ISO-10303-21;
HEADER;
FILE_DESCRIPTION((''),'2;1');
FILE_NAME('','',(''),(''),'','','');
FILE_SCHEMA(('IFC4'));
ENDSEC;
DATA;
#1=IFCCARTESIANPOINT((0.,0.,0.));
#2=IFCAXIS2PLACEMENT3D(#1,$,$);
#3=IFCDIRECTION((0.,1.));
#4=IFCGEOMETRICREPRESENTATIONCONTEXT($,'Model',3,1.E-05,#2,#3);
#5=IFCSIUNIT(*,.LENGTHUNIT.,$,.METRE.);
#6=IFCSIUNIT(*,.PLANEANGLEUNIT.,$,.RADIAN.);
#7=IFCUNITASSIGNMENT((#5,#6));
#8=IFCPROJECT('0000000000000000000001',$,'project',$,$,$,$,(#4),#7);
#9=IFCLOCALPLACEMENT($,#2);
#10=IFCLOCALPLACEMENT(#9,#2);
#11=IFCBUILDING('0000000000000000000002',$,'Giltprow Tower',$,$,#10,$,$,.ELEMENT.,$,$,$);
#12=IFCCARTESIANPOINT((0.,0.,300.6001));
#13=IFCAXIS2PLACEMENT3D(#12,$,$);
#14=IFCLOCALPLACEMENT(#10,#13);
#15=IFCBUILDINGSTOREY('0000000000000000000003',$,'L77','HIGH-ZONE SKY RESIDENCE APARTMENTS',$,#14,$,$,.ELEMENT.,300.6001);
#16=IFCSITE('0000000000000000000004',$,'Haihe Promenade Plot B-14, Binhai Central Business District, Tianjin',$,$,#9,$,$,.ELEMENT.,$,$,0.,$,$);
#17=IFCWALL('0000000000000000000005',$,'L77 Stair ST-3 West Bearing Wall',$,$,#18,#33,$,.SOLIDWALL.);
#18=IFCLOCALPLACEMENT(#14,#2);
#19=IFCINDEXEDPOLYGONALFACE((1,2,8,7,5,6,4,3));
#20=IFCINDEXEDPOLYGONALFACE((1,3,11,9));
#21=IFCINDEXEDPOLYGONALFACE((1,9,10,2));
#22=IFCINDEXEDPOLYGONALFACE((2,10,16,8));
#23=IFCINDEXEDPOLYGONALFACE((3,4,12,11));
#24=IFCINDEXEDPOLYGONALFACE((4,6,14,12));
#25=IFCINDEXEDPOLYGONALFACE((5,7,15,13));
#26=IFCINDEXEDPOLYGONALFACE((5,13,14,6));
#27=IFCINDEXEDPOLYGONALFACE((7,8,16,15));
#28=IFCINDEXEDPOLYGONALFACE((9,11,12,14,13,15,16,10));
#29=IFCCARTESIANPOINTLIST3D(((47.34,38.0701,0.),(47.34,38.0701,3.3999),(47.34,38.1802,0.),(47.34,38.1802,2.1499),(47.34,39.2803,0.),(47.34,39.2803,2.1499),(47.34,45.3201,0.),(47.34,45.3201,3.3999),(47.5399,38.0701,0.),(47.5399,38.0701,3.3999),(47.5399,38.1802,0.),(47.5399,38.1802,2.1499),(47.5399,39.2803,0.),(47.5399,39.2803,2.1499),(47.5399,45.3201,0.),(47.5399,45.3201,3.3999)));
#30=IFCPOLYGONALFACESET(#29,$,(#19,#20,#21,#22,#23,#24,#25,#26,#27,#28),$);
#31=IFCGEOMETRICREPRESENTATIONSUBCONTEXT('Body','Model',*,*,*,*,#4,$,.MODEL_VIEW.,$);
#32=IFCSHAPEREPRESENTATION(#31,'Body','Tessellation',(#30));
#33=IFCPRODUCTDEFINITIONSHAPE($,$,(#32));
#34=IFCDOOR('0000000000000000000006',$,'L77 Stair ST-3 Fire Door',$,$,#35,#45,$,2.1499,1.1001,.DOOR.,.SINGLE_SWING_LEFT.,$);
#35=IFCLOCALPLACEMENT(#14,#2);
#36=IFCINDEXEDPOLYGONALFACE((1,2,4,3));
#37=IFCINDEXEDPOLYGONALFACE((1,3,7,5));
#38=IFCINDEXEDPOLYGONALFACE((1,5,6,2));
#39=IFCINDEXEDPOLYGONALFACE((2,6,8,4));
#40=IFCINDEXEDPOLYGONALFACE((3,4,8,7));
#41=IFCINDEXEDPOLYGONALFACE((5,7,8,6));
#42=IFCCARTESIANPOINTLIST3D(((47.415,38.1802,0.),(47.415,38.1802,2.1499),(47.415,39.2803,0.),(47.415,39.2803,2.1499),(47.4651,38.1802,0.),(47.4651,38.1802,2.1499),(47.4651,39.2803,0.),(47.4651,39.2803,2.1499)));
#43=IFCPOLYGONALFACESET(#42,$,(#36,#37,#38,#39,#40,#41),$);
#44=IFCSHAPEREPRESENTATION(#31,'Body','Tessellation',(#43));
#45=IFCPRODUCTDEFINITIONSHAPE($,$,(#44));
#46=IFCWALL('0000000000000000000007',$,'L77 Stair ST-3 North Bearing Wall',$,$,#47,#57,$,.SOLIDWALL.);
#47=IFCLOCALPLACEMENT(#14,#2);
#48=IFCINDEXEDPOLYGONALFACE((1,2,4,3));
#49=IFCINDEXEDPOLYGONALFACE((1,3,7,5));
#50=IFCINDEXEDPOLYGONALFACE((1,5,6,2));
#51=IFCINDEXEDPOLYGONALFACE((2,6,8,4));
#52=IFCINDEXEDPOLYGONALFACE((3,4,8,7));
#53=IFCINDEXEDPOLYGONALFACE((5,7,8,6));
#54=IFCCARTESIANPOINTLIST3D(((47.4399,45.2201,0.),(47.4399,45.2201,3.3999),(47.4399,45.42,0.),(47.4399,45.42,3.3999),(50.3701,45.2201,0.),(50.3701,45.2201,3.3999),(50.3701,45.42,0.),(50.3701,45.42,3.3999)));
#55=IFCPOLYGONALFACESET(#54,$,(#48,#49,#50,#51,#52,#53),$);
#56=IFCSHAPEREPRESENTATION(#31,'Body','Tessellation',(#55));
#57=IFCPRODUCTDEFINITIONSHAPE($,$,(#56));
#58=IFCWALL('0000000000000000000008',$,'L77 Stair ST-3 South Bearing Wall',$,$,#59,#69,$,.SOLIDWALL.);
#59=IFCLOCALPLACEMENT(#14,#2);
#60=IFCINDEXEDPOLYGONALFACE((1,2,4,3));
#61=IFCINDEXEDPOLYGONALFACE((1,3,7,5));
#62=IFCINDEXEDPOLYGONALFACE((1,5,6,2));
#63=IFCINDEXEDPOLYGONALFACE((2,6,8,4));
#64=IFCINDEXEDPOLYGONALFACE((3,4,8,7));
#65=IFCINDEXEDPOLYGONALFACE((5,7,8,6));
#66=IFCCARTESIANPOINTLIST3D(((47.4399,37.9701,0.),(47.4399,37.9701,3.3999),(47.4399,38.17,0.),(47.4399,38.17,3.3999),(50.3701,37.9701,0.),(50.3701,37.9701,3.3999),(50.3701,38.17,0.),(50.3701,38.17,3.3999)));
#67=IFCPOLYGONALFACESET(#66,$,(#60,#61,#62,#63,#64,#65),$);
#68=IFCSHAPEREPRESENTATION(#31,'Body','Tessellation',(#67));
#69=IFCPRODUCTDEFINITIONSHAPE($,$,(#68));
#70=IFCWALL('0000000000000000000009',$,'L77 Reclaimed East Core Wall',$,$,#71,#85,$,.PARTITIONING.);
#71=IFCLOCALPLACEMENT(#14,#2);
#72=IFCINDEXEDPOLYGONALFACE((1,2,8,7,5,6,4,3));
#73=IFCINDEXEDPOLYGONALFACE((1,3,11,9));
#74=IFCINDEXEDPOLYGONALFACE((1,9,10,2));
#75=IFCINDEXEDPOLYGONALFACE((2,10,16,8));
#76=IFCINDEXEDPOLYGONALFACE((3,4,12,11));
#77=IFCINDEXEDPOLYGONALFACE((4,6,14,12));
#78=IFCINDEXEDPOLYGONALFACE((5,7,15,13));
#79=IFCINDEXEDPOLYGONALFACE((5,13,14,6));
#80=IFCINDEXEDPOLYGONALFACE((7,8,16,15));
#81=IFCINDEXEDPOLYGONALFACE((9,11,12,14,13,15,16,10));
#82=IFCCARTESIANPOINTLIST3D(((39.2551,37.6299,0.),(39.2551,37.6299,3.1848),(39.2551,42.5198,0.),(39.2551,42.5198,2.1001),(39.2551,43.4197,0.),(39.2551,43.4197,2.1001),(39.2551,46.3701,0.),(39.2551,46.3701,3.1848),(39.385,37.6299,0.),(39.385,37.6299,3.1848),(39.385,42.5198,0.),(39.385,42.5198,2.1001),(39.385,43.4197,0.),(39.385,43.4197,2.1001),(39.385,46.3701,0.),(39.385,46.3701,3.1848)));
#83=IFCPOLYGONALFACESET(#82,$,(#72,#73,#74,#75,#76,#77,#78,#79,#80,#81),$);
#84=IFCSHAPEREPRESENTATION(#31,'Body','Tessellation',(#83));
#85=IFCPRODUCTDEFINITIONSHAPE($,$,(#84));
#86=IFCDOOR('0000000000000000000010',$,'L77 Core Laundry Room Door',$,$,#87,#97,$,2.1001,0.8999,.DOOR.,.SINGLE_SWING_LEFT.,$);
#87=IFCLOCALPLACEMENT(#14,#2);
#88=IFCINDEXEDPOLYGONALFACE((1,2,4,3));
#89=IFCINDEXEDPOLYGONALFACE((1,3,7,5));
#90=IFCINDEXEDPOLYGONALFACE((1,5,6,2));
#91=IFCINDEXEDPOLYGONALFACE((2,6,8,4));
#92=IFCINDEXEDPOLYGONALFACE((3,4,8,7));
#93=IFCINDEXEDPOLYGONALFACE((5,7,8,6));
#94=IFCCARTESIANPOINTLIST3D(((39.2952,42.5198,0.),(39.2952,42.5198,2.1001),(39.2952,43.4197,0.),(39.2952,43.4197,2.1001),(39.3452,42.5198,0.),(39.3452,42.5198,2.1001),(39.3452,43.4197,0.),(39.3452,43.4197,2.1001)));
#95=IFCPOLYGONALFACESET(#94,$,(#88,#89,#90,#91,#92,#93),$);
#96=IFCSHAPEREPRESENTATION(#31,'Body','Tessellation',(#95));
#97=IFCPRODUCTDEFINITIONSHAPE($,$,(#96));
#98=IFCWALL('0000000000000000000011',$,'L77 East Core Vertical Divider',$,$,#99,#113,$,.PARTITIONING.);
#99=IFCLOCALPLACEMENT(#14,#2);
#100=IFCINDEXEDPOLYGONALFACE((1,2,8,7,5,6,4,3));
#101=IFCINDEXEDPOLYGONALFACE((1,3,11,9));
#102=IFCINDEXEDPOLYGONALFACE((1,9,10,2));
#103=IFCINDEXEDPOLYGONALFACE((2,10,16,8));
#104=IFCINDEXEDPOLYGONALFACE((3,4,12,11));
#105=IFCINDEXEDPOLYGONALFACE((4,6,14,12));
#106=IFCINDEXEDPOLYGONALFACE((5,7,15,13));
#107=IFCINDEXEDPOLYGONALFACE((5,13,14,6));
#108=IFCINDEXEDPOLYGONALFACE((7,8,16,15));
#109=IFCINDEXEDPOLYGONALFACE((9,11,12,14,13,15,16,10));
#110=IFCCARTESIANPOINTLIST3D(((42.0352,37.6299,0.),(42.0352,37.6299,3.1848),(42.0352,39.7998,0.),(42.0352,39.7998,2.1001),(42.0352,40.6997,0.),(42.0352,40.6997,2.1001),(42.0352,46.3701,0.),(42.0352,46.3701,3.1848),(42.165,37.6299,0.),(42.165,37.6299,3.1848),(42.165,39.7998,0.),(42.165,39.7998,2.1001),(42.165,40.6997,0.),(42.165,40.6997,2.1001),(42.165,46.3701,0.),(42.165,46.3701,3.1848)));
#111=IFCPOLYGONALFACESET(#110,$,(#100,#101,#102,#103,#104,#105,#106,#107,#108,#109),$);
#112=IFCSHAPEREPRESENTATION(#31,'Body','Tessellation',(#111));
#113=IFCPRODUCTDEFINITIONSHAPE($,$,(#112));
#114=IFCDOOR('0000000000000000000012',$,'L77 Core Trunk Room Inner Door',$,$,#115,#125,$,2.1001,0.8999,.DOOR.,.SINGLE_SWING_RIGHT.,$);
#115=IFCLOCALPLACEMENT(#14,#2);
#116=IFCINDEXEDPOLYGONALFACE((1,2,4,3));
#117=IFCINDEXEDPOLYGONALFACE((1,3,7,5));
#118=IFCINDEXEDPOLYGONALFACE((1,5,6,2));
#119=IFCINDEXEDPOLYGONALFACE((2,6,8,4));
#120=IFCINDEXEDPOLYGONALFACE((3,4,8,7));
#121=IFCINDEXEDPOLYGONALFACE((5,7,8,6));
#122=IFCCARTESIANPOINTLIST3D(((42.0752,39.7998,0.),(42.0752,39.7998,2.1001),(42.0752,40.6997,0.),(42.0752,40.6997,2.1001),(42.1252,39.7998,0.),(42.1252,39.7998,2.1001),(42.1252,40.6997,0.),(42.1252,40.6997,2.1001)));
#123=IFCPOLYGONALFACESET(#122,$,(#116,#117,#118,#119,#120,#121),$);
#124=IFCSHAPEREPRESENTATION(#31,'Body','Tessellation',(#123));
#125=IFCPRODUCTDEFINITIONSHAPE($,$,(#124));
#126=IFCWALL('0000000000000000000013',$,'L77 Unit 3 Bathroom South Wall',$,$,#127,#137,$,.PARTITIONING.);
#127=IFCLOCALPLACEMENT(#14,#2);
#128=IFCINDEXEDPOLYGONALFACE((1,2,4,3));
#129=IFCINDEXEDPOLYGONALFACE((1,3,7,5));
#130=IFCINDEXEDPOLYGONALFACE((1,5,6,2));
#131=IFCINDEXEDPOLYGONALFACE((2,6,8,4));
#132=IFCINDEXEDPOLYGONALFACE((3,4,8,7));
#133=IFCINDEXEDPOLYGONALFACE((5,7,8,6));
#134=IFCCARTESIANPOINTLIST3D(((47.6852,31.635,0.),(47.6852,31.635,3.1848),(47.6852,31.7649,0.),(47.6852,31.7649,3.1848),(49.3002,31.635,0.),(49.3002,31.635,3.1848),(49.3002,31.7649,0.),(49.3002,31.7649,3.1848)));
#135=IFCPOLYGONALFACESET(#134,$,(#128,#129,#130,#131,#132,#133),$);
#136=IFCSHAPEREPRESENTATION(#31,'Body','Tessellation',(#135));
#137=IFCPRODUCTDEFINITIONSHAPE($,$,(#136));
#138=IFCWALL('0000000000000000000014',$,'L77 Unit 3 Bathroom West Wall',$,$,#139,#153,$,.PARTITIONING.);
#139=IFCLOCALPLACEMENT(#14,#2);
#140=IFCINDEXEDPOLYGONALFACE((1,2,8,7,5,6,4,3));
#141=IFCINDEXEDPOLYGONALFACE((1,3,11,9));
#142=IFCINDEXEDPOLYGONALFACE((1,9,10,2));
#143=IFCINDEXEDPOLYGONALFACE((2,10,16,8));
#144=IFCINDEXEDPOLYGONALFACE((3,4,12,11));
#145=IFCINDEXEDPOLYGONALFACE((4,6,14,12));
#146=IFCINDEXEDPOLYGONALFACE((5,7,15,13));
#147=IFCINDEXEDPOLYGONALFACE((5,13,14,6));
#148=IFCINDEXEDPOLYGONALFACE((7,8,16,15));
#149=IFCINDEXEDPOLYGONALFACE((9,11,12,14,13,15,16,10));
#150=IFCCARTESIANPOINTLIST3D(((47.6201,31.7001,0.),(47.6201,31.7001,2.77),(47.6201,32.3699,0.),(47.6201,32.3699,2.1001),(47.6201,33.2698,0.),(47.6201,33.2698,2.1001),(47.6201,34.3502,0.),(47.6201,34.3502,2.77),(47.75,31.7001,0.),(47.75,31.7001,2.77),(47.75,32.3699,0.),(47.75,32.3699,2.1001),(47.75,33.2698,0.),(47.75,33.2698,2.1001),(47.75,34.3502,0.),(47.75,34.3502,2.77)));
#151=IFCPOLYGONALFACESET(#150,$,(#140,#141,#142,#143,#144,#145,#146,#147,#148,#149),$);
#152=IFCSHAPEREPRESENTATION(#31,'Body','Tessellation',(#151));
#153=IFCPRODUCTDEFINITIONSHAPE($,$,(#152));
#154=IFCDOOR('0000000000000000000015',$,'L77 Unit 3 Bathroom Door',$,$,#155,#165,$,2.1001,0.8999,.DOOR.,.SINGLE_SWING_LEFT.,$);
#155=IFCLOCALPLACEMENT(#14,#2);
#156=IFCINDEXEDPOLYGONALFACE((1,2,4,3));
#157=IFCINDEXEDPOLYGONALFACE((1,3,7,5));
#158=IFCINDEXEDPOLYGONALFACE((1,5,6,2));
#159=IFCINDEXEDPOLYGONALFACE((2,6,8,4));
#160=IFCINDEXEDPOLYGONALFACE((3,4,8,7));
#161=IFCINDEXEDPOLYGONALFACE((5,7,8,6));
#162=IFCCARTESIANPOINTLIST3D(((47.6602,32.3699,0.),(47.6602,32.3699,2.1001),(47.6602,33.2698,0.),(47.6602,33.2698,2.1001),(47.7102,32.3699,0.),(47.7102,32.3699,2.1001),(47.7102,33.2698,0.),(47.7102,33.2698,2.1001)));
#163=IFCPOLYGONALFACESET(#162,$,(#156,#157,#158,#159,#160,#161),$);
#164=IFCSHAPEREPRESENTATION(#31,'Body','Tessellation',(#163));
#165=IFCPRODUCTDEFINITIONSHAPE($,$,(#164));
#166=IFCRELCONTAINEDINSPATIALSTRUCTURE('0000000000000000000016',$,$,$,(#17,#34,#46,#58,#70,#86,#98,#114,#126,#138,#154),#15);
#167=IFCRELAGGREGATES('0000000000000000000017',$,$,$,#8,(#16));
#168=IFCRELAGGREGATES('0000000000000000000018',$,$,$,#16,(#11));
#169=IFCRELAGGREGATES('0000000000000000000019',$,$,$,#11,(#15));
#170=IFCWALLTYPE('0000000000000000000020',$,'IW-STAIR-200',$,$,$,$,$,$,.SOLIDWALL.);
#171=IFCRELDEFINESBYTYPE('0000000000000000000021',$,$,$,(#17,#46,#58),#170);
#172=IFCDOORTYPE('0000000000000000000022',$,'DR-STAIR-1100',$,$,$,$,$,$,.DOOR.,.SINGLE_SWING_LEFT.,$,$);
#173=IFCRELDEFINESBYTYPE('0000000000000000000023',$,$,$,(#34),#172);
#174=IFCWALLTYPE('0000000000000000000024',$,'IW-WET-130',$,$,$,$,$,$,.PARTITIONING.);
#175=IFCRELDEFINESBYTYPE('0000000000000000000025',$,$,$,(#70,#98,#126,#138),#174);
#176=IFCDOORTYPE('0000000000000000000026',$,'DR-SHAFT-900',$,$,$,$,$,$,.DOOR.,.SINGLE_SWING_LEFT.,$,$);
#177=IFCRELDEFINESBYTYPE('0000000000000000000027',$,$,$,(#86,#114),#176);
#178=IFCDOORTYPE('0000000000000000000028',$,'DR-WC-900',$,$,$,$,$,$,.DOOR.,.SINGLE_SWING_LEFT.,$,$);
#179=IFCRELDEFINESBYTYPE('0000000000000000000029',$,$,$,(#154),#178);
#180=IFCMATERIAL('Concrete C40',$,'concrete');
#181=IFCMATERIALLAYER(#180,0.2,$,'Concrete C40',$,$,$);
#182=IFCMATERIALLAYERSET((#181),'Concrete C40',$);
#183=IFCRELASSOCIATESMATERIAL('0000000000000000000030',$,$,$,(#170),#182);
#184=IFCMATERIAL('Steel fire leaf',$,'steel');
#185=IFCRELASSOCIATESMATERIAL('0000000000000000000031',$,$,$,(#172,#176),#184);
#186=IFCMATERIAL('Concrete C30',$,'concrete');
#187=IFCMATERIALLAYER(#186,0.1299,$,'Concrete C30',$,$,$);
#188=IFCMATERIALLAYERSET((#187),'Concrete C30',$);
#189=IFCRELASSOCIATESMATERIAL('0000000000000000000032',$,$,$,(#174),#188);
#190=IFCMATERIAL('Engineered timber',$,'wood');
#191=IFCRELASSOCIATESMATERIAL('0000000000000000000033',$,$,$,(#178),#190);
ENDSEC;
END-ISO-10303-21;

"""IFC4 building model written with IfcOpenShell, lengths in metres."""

from ifc_helpers import new_model, si_unit, direction, frame, frame_2d, origin, place, context, subcontext, project, spatial, rectangle, extrude, source, transform, mapped, material, layer, layer_set, type_object, element, fill, save


model = new_model("IFC4")

# Units and contexts
model_context = context("Model", 3, precision=1e-05, world=origin(), true_north=direction((0.0, 1.0)))
body_context = subcontext(model_context, "Body", "Model", "MODEL_VIEW")
ifc_project = project(units=[si_unit("LENGTHUNIT", "METRE"), si_unit("PLANEANGLEUNIT", "RADIAN")], contexts=[model_context])

# Site, building, storey
site_placement = place(None, origin())
site = spatial("IfcSite", under=ifc_project, at=site_placement, Name="Haihe Promenade Plot B-14, Binhai Central Business District, Tianjin", CompositionType="ELEMENT", RefElevation=0.0)
building_placement = place(site_placement, origin())
building = spatial("IfcBuilding", under=site, at=building_placement, Name="Giltprow Tower", CompositionType="ELEMENT")
storey_placement = place(building_placement, frame((0.0, 0.0, 300.6001)))
storey = spatial("IfcBuildingStorey", under=building, at=storey_placement, Name="L77", Description="HIGH-ZONE SKY RESIDENCE APARTMENTS", CompositionType="ELEMENT", Elevation=300.6001)

# Shared definitions
ifc_material_1 = material(Name="Concrete C40", Category="concrete")

# Wall, opening, door
ifc_layer_1 = layer(ifc_material_1, 0.2, Name="Concrete C40")
ifc_layer_set_1 = layer_set([ifc_layer_1], Name="Concrete C40")
wall_type_1 = type_object("IfcWallType", Name="IW-STAIR-200", PredefinedType="SOLIDWALL", material=ifc_layer_set_1)
wall_1_placement = place(storey_placement, frame((47.4399, 38.0701, 0.0), z_axis=(0.0, 0.0, 1.0), x_axis=(0.0, 1.0, 0.0)))
wall_1 = element("IfcWall", 1, at=wall_1_placement, inside=storey, type_object=wall_type_1, Name="L77 Stair ST-3 West Bearing Wall", PredefinedType="SOLIDWALL", context=body_context, shape_type="SweptSolid", body=[
    extrude(rectangle(XDim=7.25, YDim=0.2, at=frame_2d((3.625, 0.0))), origin(), (0.0, 0.0, 1.0), 3.3999),
])
opening_1_placement = place(wall_1_placement, frame((0.1101, 0.0, 0.0)))
opening_1 = element("IfcOpeningElement", 2, at=opening_1_placement, cuts=wall_1, PredefinedType="OPENING", context=body_context, shape_type="SweptSolid", body=[
    extrude(rectangle(XDim=1.1001, YDim=2.1499, at=frame_2d((0.55, 1.075))), frame((0.0, 0.1099, 0.0), z_axis=(0.0, -1.0, 0.0), x_axis=(1.0, 0.0, 0.0)), (0.0, 0.0, 1.0), 0.22),
])
ifc_material_2 = material(Name="Steel fire leaf", Category="steel")
door_type_1 = type_object("IfcDoorType", Name="DR-STAIR-1100", OperationType="SINGLE_SWING_LEFT", PredefinedType="DOOR", material=ifc_material_2)
shared_shape_1 = source(origin(), body_context, "Body", "SweptSolid", [
    extrude(rectangle(XDim=1.1001, YDim=2.1499, at=frame_2d((0.55, 1.075))), frame((0.0, 0.0249, 0.0), z_axis=(0.0, -1.0, 0.0), x_axis=(1.0, 0.0, 0.0)), (0.0, 0.0, 1.0), 0.05),
])
door_1_placement = place(opening_1_placement, origin())
door_1 = element("IfcDoor", 3, at=door_1_placement, inside=storey, type_object=door_type_1, Name="L77 Stair ST-3 Fire Door", OperationType="SINGLE_SWING_LEFT", OverallHeight=2.1499, OverallWidth=1.1001, PredefinedType="DOOR", context=body_context, shape_type="MappedRepresentation", body=[
    mapped(shared_shape_1, transform((0.0, 0.0, 0.0), x_axis=(1.0, 0.0, 0.0), y_axis=(0.0, 1.0, 0.0), z_axis=(0.0, 0.0, 1.0), scale=1.0)),
])
fill(opening_1, door_1)

# Walls
for number, where, z_axis, x_axis, name in (
    (4, (47.4399, 45.3201, 0.0), (0.0, 0.0, 1.0), (1.0, 0.0, 0.0), "L77 Stair ST-3 North Bearing Wall"),
    (5, (47.4399, 38.0701, 0.0), (0.0, 0.0, 1.0), (1.0, 0.0, 0.0), "L77 Stair ST-3 South Bearing Wall"),
):
    element("IfcWall", number, at=place(storey_placement, frame(where, z_axis=z_axis, x_axis=x_axis)), inside=storey, type_object=wall_type_1, Name=name, PredefinedType="SOLIDWALL", context=body_context, shape_type="SweptSolid", body=[
        extrude(rectangle(XDim=2.9302, YDim=0.2, at=frame_2d((1.4651, 0.0))), origin(), (0.0, 0.0, 1.0), 3.3999),
    ])

# Walls, openings, doors
ifc_material_3 = material(Name="Concrete C30", Category="concrete")
ifc_layer_2 = layer(ifc_material_3, 0.1299, Name="Concrete C30")
ifc_layer_set_2 = layer_set([ifc_layer_2], Name="Concrete C30")
wall_type_2 = type_object("IfcWallType", Name="IW-WET-130", PredefinedType="PARTITIONING", material=ifc_layer_set_2)
wall_2_placement = place(storey_placement, frame((39.3201, 37.6299, 0.0), z_axis=(0.0, 0.0, 1.0), x_axis=(0.0, 1.0, 0.0)))
wall_2 = element("IfcWall", 6, at=wall_2_placement, inside=storey, type_object=wall_type_2, Name="L77 Reclaimed East Core Wall", PredefinedType="PARTITIONING", context=body_context, shape_type="SweptSolid", body=[
    extrude(rectangle(XDim=8.7402, YDim=0.1299, at=frame_2d((4.3701, 0.0))), origin(), (0.0, 0.0, 1.0), 3.1848),
])
opening_2_placement = place(wall_2_placement, frame((4.8899, 0.0, 0.0)))
opening_2 = element("IfcOpeningElement", 7, at=opening_2_placement, cuts=wall_2, PredefinedType="OPENING", context=body_context, shape_type="SweptSolid", body=[
    extrude(rectangle(XDim=0.8999, YDim=2.1001, at=frame_2d((0.45, 1.05))), frame((0.0, 0.075, 0.0), z_axis=(0.0, -1.0, 0.0), x_axis=(1.0, 0.0, 0.0)), (0.0, 0.0, 1.0), 0.1499),
])
door_type_2 = type_object("IfcDoorType", Name="DR-SHAFT-900", OperationType="SINGLE_SWING_LEFT", PredefinedType="DOOR", material=ifc_material_2)
shared_shape_2 = source(origin(), body_context, "Body", "SweptSolid", [
    extrude(rectangle(XDim=0.8999, YDim=2.1001, at=frame_2d((0.45, 1.05))), frame((0.0, 0.0249, 0.0), z_axis=(0.0, -1.0, 0.0), x_axis=(1.0, 0.0, 0.0)), (0.0, 0.0, 1.0), 0.05),
])
door_2_placement = place(opening_2_placement, origin())
door_2 = element("IfcDoor", 8, at=door_2_placement, inside=storey, type_object=door_type_2, Name="L77 Core Laundry Room Door", OperationType="SINGLE_SWING_LEFT", OverallHeight=2.1001, OverallWidth=0.8999, PredefinedType="DOOR", context=body_context, shape_type="MappedRepresentation", body=[
    mapped(shared_shape_2, transform((0.0, 0.0, 0.0), x_axis=(1.0, 0.0, 0.0), y_axis=(0.0, 1.0, 0.0), z_axis=(0.0, 0.0, 1.0), scale=1.0)),
])
fill(opening_2, door_2)
wall_3_placement = place(storey_placement, frame((42.1001, 37.6299, 0.0), z_axis=(0.0, 0.0, 1.0), x_axis=(0.0, 1.0, 0.0)))
wall_3 = element("IfcWall", 9, at=wall_3_placement, inside=storey, type_object=wall_type_2, Name="L77 East Core Vertical Divider", PredefinedType="PARTITIONING", context=body_context, shape_type="SweptSolid", body=[
    extrude(rectangle(XDim=8.7402, YDim=0.1299, at=frame_2d((4.3701, 0.0))), origin(), (0.0, 0.0, 1.0), 3.1848),
])
opening_3_placement = place(wall_3_placement, frame((2.1699, 0.0, 0.0)))
opening_3 = element("IfcOpeningElement", 10, at=opening_3_placement, cuts=wall_3, PredefinedType="OPENING", context=body_context, shape_type="SweptSolid", body=[
    extrude(rectangle(XDim=0.8999, YDim=2.1001, at=frame_2d((0.45, 1.05))), frame((0.0, 0.075, 0.0), z_axis=(0.0, -1.0, 0.0), x_axis=(1.0, 0.0, 0.0)), (0.0, 0.0, 1.0), 0.1499),
])
door_3_placement = place(opening_3_placement, origin())
door_3 = element("IfcDoor", 11, at=door_3_placement, inside=storey, type_object=door_type_2, Name="L77 Core Trunk Room Inner Door", OperationType="SINGLE_SWING_RIGHT", OverallHeight=2.1001, OverallWidth=0.8999, PredefinedType="DOOR", context=body_context, shape_type="MappedRepresentation", body=[
    mapped(shared_shape_2, transform((0.0, 0.0, 0.0), x_axis=(1.0, 0.0, 0.0), y_axis=(0.0, 1.0, 0.0), z_axis=(0.0, 0.0, 1.0), scale=1.0)),
])
fill(opening_3, door_3)

# Wall
wall_4_placement = place(storey_placement, frame((47.6851, 31.7, 0.0), z_axis=(0.0, 0.0, 1.0), x_axis=(1.0, 0.0, 0.0)))
element("IfcWall", 12, at=wall_4_placement, inside=storey, type_object=wall_type_2, Name="L77 Unit 3 Bathroom South Wall", PredefinedType="PARTITIONING", context=body_context, shape_type="SweptSolid", body=[
    extrude(rectangle(XDim=1.615, YDim=0.1299, at=frame_2d((0.8076, 0.0))), origin(), (0.0, 0.0, 1.0), 3.1848),
])

# Wall, opening, door
wall_5_placement = place(storey_placement, frame((47.6851, 31.7, 0.0), z_axis=(0.0, 0.0, 1.0), x_axis=(0.0, 1.0, 0.0)))
wall_5 = element("IfcWall", 13, at=wall_5_placement, inside=storey, type_object=wall_type_2, Name="L77 Unit 3 Bathroom West Wall", PredefinedType="PARTITIONING", context=body_context, shape_type="SweptSolid", body=[
    extrude(rectangle(XDim=2.6501, YDim=0.1299, at=frame_2d((1.3252, 0.0))), origin(), (0.0, 0.0, 1.0), 2.77),
])
opening_4_placement = place(wall_5_placement, frame((0.6699, 0.0, 0.0)))
opening_4 = element("IfcOpeningElement", 14, at=opening_4_placement, cuts=wall_5, PredefinedType="OPENING", context=body_context, shape_type="SweptSolid", body=[
    extrude(rectangle(XDim=0.8999, YDim=2.1001, at=frame_2d((0.45, 1.05))), frame((0.0, 0.075, 0.0), z_axis=(0.0, -1.0, 0.0), x_axis=(1.0, 0.0, 0.0)), (0.0, 0.0, 1.0), 0.1499),
])
ifc_material_4 = material(Name="Engineered timber", Category="wood")
door_type_3 = type_object("IfcDoorType", Name="DR-WC-900", OperationType="SINGLE_SWING_LEFT", PredefinedType="DOOR", material=ifc_material_4)
door_4_placement = place(opening_4_placement, origin())
door_4 = element("IfcDoor", 15, at=door_4_placement, inside=storey, type_object=door_type_3, Name="L77 Unit 3 Bathroom Door", OperationType="SINGLE_SWING_LEFT", OverallHeight=2.1001, OverallWidth=0.8999, PredefinedType="DOOR", context=body_context, shape_type="MappedRepresentation", body=[
    mapped(shared_shape_2, transform((0.0, 0.0, 0.0), x_axis=(1.0, 0.0, 0.0), y_axis=(0.0, 1.0, 0.0), z_axis=(0.0, 0.0, 1.0), scale=1.0)),
])
fill(opening_4, door_4)

save(model, "model.ifc")
